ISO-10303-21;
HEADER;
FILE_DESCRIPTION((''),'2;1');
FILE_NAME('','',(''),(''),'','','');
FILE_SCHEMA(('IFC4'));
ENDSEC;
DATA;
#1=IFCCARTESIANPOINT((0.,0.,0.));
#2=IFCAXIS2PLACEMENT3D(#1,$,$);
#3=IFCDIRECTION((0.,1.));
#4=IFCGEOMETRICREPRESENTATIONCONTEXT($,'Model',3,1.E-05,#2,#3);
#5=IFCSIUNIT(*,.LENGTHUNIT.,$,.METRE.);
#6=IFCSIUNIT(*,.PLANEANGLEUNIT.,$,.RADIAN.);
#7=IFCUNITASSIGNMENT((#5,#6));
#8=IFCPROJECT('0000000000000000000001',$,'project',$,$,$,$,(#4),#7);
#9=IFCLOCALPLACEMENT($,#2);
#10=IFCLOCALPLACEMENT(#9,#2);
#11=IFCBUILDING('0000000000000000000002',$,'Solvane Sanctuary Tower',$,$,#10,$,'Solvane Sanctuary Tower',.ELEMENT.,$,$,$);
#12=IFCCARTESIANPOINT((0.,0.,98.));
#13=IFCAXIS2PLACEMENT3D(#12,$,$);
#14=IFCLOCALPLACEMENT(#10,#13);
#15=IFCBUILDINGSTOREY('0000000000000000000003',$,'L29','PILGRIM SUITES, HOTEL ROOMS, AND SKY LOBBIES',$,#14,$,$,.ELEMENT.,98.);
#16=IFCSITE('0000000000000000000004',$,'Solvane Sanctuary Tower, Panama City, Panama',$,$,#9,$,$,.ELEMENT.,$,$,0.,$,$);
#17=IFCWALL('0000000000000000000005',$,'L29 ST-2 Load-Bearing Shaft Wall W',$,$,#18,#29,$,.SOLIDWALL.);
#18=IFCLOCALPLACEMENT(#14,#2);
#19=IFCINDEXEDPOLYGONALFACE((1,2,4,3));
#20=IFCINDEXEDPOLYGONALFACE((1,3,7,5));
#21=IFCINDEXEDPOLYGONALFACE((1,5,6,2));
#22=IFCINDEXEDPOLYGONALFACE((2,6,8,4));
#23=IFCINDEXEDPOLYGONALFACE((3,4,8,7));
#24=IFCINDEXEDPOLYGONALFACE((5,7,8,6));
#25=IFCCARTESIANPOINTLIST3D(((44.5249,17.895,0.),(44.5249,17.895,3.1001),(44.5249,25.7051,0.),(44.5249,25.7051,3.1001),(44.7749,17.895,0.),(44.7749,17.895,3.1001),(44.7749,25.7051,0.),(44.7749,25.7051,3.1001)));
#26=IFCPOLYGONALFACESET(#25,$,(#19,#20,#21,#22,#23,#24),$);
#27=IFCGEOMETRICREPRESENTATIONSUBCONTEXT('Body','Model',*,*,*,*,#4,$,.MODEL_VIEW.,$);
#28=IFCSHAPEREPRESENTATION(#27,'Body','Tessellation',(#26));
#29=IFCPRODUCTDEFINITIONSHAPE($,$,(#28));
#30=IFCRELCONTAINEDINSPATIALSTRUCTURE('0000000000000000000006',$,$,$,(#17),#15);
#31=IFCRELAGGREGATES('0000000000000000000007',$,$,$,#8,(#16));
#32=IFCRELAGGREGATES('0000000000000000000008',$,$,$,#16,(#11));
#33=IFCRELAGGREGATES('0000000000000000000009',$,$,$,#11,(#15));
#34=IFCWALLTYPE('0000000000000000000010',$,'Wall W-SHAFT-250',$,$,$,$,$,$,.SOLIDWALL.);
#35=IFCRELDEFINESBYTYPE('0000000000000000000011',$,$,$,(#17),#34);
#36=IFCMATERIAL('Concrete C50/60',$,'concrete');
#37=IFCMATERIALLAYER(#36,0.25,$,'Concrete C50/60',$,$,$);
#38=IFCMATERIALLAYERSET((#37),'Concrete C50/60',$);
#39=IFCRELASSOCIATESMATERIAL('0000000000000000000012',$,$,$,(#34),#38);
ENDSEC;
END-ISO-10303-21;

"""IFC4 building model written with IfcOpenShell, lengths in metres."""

from ifc_helpers import new_model, si_unit, direction, frame, frame_2d, origin, place, context, subcontext, project, spatial, rectangle, extrude, material, layer, layer_set, type_object, element, save


model = new_model("IFC4")

# Units and contexts
model_context = context("Model", 3, precision=1e-05, world=origin(), true_north=direction((0.0, 1.0)))
body_context = subcontext(model_context, "Body", "Model", "MODEL_VIEW")
ifc_project = project(units=[si_unit("LENGTHUNIT", "METRE"), si_unit("PLANEANGLEUNIT", "RADIAN")], contexts=[model_context])

# Site, building, storey
site_placement = place(None, origin())
site = spatial("IfcSite", under=ifc_project, at=site_placement, Name="Solvane Sanctuary Tower, Panama City, Panama", CompositionType="ELEMENT", RefElevation=0.0)
building_placement = place(site_placement, origin())
building = spatial("IfcBuilding", under=site, at=building_placement, Name="Solvane Sanctuary Tower", LongName="Solvane Sanctuary Tower", CompositionType="ELEMENT")
storey_placement = place(building_placement, frame((0.0, 0.0, 98.0)))
storey = spatial("IfcBuildingStorey", under=building, at=storey_placement, Name="L29", Description="PILGRIM SUITES, HOTEL ROOMS, AND SKY LOBBIES", CompositionType="ELEMENT", Elevation=98.0)

# Shared definitions
ifc_material_1 = material(Name="Concrete C50/60", Category="concrete")

# Shared definitions
ifc_layer_1 = layer(ifc_material_1, 0.25, Name="Concrete C50/60")
ifc_layer_set_1 = layer_set([ifc_layer_1], Name="Concrete C50/60")
wall_type_1 = type_object("IfcWallType", Name="Wall W-SHAFT-250", PredefinedType="SOLIDWALL", material=ifc_layer_set_1)

# Wall
wall_1_placement = place(storey_placement, frame((44.6499, 17.895, 0.0), z_axis=(0.0, 0.0, 1.0), x_axis=(0.0, 1.0, 0.0)))
element("IfcWall", 1, at=wall_1_placement, inside=storey, type_object=wall_type_1, Name="L29 ST-2 Load-Bearing Shaft Wall W", PredefinedType="SOLIDWALL", context=body_context, shape_type="SweptSolid", body=[
    extrude(rectangle(XDim=7.8101, YDim=0.25, at=frame_2d((3.905, 0.0))), origin(), (0.0, 0.0, 1.0), 3.1001),
])

save(model, "model.ifc")
